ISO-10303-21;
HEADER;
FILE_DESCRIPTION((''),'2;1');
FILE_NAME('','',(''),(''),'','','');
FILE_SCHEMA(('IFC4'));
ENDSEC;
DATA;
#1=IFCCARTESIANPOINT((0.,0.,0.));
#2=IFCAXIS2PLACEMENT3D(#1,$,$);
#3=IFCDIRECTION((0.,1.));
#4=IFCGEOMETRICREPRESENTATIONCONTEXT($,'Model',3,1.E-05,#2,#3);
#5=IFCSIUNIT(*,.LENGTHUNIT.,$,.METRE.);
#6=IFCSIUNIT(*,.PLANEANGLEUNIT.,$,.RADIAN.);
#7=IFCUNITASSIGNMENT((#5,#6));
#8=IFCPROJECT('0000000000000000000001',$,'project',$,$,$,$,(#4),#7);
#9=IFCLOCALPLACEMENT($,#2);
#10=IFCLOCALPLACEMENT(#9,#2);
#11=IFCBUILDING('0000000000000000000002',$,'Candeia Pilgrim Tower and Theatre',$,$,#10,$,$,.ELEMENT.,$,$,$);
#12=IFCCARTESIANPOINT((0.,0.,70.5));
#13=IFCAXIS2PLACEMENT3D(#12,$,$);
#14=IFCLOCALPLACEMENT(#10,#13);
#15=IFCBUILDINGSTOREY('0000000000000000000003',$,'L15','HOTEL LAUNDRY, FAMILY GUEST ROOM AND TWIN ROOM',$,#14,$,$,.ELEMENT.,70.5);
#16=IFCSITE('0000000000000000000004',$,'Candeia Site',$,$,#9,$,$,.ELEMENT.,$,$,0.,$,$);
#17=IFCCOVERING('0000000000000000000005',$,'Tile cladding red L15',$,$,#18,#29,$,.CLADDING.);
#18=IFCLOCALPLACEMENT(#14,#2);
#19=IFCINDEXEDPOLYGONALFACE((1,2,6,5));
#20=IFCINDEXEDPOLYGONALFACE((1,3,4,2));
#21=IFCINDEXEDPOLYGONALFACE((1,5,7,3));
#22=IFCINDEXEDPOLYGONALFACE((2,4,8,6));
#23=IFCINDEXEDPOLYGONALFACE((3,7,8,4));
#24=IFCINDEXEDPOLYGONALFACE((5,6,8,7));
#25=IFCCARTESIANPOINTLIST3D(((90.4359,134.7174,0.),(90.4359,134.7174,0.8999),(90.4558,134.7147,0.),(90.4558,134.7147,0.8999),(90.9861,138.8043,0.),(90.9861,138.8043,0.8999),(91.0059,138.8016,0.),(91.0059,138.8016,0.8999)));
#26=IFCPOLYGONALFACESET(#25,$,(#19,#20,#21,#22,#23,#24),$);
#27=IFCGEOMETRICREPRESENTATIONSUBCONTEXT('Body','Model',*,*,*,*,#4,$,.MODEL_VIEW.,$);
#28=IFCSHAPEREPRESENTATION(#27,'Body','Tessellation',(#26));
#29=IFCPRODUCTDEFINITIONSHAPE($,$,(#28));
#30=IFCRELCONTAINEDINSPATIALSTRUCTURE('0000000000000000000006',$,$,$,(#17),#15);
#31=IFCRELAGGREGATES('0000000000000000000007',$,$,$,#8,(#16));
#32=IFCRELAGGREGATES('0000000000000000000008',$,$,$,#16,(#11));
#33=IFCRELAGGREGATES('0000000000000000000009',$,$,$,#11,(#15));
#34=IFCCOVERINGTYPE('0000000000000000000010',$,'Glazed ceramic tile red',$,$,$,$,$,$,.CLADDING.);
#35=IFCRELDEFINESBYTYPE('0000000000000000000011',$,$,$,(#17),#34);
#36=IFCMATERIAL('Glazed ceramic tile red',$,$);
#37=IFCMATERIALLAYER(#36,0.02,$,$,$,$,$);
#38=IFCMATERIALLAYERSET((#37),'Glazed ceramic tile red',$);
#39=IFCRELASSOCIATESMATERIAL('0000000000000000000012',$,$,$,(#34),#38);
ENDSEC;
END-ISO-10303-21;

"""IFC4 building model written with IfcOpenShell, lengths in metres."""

from ifc_helpers import new_model, si_unit, direction, frame, origin, origin_2d, place, context, subcontext, project, spatial, rectangle, extrude, material, layer, layer_set, type_object, element, save


model = new_model("IFC4")

# Units and contexts
model_context = context("Model", 3, precision=1e-05, world=origin(), true_north=direction((0.0, 1.0)))
body_context = subcontext(model_context, "Body", "Model", "MODEL_VIEW")
ifc_project = project(units=[si_unit("LENGTHUNIT", "METRE"), si_unit("PLANEANGLEUNIT", "RADIAN")], contexts=[model_context])

# Site, building, storey
site_placement = place(None, origin())
site = spatial("IfcSite", under=ifc_project, at=site_placement, Name="Candeia Site", CompositionType="ELEMENT", RefElevation=0.0)
building_placement = place(site_placement, origin())
building = spatial("IfcBuilding", under=site, at=building_placement, Name="Candeia Pilgrim Tower and Theatre", CompositionType="ELEMENT")
storey_placement = place(building_placement, frame((0.0, 0.0, 70.5)))
storey = spatial("IfcBuildingStorey", under=building, at=storey_placement, Name="L15", Description="HOTEL LAUNDRY, FAMILY GUEST ROOM AND TWIN ROOM", CompositionType="ELEMENT", Elevation=70.5)

# Covering
ifc_material_1 = material(Name="Glazed ceramic tile red")
ifc_layer_1 = layer(ifc_material_1, 0.02)
ifc_layer_set_1 = layer_set([ifc_layer_1], Name="Glazed ceramic tile red")
covering_type_1 = type_object("IfcCoveringType", Name="Glazed ceramic tile red", PredefinedType="CLADDING", material=ifc_layer_set_1)
covering_1_placement = place(storey_placement, frame((90.7209, 136.7595, 0.0), z_axis=(0.0, 0.0, 1.0), x_axis=(-0.133412, -0.991061, 0.0)))
element("IfcCovering", 1, at=covering_1_placement, inside=storey, type_object=covering_type_1, Name="Tile cladding red L15", PredefinedType="CLADDING", context=body_context, shape_type="SweptSolid", body=[
    extrude(rectangle(XDim=4.1238, YDim=0.02, at=origin_2d()), origin(), (0.0, 0.0, 1.0), 0.8999),
])

save(model, "model.ifc")
